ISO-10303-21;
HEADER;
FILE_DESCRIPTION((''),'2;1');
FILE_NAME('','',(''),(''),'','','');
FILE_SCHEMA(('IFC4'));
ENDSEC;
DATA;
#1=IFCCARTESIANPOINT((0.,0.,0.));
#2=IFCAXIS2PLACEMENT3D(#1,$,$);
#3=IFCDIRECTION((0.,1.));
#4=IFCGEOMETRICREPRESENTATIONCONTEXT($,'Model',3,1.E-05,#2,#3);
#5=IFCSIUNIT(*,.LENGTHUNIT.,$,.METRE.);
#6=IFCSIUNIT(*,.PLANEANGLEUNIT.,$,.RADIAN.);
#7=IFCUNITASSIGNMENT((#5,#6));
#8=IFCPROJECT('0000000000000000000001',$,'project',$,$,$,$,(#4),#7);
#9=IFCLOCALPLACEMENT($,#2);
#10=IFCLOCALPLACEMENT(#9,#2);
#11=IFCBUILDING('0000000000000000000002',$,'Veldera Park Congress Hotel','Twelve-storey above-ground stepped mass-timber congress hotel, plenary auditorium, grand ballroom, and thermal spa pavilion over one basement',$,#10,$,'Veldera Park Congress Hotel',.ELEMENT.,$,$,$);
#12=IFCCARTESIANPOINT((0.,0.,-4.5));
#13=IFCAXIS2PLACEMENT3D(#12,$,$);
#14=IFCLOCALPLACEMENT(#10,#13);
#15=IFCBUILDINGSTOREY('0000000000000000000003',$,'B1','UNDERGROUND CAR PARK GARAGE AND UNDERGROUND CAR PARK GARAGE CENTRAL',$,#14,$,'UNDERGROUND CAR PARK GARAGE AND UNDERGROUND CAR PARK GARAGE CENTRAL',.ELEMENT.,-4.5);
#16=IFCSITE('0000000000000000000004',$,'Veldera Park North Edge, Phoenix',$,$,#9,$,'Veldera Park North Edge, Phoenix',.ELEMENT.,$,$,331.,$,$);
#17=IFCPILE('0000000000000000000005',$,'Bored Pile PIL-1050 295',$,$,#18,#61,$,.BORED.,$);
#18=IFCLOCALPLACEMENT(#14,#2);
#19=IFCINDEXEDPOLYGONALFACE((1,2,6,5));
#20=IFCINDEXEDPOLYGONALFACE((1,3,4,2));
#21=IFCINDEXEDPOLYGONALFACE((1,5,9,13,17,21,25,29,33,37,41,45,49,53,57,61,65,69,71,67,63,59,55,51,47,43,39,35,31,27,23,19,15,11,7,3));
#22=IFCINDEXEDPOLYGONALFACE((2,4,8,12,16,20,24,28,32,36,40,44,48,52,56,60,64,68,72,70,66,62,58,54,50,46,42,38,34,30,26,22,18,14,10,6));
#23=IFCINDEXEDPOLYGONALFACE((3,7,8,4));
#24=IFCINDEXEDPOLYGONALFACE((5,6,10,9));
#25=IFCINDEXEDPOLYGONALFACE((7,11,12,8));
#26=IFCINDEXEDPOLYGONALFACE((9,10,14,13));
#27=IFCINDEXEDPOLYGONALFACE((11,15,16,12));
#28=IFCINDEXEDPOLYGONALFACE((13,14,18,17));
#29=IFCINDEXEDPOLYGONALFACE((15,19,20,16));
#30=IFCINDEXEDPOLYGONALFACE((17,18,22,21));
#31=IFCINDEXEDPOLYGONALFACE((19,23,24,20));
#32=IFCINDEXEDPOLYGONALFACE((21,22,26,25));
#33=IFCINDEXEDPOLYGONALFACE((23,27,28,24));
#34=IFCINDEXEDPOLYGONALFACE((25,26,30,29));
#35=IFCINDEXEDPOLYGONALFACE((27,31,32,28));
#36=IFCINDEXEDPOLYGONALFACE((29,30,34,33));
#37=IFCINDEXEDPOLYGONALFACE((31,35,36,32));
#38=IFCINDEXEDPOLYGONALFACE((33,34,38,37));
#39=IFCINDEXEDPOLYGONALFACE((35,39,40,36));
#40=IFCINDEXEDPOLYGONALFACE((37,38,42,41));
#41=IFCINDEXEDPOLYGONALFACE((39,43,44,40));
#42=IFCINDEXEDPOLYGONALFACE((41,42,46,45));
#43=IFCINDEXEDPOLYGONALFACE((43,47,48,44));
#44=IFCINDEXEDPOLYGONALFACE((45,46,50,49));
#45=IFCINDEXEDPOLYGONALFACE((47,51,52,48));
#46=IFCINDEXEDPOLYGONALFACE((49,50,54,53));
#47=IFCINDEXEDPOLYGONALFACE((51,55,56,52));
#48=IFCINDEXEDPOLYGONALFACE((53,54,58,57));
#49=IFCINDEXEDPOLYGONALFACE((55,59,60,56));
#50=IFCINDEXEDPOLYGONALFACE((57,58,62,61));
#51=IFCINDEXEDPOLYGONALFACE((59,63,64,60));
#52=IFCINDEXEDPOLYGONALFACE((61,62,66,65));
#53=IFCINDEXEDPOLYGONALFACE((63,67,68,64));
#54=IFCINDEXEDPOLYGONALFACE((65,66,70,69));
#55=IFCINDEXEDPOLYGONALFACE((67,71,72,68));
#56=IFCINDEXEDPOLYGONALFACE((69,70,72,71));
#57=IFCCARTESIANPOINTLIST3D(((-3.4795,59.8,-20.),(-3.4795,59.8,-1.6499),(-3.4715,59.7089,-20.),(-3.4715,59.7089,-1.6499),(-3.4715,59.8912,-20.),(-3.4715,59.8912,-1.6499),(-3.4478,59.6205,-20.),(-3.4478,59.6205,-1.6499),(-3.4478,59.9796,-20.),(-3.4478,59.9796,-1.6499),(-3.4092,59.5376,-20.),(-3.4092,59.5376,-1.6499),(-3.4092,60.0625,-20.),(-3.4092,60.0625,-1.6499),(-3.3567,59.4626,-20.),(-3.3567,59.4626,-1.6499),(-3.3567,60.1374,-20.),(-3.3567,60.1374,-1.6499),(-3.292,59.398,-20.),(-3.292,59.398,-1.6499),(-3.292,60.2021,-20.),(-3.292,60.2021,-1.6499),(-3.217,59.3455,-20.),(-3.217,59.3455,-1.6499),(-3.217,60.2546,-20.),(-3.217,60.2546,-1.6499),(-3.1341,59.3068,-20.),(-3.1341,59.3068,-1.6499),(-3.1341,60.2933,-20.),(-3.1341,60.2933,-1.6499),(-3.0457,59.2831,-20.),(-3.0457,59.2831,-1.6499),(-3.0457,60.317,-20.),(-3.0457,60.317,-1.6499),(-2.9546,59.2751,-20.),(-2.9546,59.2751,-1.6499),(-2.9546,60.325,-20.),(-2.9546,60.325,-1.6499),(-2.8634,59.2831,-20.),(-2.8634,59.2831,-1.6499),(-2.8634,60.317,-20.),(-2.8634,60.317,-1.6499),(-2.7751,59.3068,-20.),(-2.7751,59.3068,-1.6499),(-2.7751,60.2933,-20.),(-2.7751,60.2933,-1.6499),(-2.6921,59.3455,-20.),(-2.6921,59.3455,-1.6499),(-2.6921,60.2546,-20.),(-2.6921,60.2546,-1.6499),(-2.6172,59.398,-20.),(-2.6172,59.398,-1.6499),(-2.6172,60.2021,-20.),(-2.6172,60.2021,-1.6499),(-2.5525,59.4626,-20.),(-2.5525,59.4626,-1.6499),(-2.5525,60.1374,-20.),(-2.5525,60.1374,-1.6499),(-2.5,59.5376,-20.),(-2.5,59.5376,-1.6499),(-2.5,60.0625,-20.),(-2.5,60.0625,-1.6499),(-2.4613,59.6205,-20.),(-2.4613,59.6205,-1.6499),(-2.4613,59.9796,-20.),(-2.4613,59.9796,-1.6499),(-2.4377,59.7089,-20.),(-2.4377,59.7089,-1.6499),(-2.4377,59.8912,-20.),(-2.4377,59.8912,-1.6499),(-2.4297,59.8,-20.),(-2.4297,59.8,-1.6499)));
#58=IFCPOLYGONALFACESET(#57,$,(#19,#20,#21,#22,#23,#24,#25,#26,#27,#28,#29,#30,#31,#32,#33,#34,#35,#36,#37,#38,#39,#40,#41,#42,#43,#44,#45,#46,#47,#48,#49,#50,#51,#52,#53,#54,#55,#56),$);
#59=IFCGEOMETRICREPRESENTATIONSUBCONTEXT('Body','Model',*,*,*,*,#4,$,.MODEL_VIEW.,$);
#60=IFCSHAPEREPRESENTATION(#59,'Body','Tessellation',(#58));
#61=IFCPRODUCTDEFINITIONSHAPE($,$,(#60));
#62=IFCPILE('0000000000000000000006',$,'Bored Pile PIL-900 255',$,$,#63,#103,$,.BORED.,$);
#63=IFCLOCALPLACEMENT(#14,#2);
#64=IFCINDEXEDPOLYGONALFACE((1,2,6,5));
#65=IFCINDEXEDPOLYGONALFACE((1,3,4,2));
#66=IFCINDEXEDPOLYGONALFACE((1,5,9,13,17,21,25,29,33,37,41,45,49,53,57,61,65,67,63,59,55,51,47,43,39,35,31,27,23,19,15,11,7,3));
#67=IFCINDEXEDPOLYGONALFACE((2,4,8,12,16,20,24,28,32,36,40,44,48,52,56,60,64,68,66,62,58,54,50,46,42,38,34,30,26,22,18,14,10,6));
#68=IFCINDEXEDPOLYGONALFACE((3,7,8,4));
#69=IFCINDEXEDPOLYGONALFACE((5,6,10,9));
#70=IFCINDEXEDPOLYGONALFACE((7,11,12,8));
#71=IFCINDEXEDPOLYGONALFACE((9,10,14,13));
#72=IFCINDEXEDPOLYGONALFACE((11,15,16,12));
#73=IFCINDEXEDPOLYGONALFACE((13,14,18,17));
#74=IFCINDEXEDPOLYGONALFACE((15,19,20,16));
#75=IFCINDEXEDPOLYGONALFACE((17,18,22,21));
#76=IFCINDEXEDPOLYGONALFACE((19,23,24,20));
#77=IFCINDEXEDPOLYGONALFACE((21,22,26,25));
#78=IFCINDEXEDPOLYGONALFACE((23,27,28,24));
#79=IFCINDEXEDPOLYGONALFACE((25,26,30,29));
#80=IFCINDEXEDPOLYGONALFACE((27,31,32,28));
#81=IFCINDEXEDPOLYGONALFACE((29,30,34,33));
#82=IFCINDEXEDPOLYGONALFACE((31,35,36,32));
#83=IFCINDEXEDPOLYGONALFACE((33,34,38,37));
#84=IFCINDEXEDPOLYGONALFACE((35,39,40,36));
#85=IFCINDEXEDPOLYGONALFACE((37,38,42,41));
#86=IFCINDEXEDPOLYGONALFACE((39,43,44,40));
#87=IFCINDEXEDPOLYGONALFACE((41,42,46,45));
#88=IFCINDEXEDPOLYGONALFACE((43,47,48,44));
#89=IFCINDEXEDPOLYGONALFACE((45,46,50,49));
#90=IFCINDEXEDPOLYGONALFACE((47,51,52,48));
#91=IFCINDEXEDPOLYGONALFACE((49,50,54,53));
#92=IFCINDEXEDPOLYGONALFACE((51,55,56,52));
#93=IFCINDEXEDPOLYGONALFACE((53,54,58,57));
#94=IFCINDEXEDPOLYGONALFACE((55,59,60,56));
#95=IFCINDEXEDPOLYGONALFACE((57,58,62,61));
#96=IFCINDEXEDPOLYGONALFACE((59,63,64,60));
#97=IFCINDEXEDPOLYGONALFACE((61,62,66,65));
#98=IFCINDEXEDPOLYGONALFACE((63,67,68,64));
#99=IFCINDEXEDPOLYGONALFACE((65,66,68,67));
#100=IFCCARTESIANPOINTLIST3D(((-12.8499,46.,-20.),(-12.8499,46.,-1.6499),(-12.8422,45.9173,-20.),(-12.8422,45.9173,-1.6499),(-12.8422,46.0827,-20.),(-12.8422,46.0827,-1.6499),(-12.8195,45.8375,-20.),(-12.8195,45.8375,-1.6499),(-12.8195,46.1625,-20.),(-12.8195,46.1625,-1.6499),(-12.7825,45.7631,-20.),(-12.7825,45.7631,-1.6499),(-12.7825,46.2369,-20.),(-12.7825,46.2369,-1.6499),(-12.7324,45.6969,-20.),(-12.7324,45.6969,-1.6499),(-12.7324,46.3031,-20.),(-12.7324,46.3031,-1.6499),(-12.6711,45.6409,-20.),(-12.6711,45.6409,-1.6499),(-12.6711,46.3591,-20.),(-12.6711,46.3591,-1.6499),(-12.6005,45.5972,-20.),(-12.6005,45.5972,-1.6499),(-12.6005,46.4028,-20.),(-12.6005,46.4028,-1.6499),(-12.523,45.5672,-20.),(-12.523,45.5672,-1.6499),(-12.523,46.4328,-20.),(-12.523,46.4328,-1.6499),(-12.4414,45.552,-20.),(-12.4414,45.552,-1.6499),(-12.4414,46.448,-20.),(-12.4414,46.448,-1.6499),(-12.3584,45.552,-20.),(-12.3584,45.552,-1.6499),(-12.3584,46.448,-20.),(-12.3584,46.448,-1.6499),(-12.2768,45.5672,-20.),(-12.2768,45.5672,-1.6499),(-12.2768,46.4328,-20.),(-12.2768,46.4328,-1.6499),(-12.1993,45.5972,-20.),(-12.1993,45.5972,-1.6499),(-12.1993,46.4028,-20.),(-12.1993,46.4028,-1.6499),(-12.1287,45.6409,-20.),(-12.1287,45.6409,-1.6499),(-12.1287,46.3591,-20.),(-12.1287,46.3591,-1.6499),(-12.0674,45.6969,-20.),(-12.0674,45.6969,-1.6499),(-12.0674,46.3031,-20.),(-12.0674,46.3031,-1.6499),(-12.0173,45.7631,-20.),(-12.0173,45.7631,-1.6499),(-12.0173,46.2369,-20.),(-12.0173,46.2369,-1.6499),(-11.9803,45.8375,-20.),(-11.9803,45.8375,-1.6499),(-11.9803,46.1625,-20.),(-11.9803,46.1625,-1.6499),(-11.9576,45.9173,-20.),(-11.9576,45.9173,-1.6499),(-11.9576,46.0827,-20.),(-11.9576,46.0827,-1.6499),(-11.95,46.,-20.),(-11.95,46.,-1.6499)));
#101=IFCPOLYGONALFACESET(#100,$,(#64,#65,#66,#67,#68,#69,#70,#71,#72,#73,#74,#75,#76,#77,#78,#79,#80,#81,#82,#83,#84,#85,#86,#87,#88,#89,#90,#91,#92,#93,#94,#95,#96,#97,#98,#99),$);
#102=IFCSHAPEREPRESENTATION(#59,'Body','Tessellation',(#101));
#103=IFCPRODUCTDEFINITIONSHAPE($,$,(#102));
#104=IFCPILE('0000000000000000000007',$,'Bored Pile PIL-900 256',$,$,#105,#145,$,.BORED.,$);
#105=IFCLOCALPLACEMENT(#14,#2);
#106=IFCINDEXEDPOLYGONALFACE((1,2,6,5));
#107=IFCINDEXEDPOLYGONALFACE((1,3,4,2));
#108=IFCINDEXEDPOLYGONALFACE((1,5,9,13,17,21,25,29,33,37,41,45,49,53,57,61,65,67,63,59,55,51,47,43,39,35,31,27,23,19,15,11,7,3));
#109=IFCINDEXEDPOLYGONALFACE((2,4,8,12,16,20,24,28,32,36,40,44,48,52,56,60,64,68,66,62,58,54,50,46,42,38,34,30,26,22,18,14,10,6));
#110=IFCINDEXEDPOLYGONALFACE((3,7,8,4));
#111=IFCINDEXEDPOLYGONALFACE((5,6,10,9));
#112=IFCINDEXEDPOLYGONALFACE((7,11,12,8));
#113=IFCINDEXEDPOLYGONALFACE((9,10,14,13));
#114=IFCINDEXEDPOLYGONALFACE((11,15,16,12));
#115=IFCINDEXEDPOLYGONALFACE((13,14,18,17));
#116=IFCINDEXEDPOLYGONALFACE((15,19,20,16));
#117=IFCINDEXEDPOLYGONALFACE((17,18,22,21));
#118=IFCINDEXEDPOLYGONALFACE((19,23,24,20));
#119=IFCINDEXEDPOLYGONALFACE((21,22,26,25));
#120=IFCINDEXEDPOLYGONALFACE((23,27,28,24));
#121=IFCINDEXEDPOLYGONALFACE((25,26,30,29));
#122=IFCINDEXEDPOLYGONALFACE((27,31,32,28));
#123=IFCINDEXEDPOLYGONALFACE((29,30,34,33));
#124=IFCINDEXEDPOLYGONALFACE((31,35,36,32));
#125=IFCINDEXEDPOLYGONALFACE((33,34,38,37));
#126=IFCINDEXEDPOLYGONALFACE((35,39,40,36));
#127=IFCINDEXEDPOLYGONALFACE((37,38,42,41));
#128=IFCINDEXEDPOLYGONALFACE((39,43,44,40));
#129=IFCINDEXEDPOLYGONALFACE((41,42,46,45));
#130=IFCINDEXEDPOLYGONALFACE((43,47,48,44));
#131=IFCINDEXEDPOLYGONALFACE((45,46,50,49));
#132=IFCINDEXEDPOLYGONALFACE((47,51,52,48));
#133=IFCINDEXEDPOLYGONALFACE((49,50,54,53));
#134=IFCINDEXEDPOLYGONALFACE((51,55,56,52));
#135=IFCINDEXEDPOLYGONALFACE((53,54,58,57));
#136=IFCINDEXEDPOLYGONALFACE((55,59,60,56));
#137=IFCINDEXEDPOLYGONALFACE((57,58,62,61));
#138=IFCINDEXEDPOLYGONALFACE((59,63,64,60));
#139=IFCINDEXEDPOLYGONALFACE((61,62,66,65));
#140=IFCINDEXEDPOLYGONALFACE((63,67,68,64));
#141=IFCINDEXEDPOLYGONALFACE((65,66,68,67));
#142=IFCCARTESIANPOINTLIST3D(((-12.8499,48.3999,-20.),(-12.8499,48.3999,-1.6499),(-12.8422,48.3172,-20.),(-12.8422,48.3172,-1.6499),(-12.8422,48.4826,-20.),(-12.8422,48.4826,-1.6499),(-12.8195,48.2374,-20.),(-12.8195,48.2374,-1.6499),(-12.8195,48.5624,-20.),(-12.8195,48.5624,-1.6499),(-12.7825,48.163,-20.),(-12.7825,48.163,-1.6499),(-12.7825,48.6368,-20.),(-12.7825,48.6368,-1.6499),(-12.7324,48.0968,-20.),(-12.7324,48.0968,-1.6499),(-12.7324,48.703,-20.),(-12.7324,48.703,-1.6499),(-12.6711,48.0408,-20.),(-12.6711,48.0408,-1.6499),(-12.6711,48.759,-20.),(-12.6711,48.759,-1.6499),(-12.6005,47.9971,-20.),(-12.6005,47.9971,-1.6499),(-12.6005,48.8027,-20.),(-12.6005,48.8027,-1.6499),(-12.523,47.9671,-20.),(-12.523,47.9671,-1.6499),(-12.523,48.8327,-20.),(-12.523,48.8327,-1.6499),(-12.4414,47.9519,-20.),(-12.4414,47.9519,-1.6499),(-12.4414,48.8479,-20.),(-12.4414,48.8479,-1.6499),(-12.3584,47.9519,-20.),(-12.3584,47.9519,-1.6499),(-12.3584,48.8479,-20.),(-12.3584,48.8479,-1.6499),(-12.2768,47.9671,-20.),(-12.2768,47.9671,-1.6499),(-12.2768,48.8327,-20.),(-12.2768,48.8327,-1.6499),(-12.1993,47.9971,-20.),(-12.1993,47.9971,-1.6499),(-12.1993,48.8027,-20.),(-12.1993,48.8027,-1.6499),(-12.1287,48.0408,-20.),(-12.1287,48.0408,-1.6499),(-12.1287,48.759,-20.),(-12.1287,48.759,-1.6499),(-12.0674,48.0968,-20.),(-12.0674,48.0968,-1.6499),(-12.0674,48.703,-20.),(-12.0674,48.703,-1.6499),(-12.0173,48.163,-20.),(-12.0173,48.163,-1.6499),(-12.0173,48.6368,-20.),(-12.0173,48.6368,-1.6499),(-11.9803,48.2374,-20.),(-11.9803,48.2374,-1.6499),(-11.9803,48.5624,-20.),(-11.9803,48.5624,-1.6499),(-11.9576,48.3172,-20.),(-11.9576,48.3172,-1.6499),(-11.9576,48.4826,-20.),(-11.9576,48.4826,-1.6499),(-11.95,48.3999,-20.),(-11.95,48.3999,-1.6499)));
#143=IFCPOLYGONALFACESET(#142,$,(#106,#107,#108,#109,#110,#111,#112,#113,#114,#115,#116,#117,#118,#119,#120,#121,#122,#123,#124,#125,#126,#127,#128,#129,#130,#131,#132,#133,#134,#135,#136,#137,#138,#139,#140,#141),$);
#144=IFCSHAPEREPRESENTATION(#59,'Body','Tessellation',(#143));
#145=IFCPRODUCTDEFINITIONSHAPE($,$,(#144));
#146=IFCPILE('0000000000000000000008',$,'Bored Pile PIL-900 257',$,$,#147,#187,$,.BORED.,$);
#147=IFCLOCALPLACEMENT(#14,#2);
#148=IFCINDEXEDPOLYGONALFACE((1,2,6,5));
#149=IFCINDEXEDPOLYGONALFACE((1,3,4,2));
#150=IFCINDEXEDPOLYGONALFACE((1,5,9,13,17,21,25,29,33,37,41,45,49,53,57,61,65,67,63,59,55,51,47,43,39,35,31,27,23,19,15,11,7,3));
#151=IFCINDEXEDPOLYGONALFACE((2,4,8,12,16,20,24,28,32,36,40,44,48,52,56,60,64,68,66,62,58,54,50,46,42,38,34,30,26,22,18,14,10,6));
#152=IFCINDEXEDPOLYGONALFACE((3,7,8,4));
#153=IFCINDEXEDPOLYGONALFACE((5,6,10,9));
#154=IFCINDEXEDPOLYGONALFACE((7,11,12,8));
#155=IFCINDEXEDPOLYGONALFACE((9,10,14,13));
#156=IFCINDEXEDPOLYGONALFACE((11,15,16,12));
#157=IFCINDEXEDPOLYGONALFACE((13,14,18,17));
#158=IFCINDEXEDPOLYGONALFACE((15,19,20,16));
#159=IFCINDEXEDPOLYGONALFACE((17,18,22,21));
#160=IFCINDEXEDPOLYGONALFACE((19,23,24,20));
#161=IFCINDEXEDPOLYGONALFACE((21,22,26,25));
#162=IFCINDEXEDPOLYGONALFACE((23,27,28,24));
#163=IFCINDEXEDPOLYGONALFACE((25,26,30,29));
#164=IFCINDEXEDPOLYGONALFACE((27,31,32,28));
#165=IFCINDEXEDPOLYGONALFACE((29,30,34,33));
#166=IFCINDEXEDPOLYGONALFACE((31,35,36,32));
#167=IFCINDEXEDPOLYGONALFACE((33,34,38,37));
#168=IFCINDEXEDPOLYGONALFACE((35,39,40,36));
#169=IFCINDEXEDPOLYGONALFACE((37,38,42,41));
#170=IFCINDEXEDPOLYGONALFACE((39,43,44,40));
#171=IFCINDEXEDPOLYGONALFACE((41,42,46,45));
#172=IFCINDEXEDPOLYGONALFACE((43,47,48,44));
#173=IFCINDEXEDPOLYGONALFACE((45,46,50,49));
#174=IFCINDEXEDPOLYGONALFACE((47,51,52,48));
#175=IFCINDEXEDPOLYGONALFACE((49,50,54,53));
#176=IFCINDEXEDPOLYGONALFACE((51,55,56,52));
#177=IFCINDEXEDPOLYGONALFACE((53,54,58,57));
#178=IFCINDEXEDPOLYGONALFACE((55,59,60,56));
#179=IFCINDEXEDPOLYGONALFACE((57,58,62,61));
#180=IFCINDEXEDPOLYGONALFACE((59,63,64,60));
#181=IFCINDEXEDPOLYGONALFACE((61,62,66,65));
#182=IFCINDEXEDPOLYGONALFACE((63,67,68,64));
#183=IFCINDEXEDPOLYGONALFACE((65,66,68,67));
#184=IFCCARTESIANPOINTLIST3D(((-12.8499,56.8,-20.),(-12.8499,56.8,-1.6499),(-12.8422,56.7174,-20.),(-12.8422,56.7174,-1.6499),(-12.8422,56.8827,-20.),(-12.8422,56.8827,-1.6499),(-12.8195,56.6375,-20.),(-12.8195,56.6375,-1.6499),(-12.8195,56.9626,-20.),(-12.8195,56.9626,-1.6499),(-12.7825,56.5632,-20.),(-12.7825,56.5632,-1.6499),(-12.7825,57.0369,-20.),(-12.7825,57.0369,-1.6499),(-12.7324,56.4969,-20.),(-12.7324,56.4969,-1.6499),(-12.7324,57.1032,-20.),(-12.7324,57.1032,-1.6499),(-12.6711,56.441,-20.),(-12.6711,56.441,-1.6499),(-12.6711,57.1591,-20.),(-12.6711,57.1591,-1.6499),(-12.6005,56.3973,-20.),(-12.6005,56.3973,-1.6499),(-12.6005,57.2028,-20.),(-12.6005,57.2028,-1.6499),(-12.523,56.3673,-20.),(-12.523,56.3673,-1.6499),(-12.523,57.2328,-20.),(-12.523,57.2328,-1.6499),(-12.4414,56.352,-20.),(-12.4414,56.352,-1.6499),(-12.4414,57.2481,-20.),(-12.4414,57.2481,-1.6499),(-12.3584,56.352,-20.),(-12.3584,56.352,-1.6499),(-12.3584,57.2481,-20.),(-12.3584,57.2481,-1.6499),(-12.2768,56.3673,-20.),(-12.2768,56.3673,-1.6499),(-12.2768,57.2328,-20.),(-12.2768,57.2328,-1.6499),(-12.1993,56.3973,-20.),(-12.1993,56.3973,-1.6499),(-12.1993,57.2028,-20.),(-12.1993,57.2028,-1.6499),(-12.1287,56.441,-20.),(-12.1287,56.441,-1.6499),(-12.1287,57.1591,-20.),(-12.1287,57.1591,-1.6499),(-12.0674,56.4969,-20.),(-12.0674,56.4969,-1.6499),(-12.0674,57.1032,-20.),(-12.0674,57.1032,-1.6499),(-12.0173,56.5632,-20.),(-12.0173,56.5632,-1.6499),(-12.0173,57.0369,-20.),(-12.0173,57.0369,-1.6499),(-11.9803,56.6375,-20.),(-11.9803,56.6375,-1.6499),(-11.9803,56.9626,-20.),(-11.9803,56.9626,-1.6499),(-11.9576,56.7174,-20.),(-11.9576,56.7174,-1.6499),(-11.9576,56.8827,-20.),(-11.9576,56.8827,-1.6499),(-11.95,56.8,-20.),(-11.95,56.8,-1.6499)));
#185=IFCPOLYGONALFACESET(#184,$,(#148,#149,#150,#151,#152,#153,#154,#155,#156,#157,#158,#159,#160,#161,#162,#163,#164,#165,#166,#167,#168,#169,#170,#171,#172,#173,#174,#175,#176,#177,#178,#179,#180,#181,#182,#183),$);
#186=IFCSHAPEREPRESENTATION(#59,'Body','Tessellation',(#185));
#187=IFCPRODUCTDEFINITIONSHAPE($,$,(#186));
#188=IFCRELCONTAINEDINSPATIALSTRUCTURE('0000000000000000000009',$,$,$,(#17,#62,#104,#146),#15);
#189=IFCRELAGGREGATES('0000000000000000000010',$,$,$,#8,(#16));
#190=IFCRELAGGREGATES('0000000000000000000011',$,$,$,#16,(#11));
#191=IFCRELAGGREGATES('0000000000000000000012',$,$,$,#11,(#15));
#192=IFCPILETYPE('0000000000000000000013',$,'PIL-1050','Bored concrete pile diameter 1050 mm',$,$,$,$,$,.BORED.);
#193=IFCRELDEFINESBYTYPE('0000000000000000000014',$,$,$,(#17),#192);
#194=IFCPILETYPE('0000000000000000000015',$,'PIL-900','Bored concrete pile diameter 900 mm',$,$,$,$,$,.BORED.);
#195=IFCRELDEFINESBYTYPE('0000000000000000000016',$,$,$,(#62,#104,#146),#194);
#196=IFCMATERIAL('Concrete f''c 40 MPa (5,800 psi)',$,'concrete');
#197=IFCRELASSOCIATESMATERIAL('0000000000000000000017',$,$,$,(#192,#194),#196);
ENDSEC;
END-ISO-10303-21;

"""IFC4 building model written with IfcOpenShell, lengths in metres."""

from ifc_helpers import new_model, si_unit, direction, frame, origin, origin_2d, place, context, subcontext, project, spatial, circle, extrude, material, material_profile, profile_set, type_object, element, save


model = new_model("IFC4")

# Units and contexts
model_context = context("Model", 3, precision=1e-05, world=origin(), true_north=direction((0.0, 1.0)))
body_context = subcontext(model_context, "Body", "Model", "MODEL_VIEW")
ifc_project = project(units=[si_unit("LENGTHUNIT", "METRE"), si_unit("PLANEANGLEUNIT", "RADIAN")], contexts=[model_context])

# Site, building, storey
site_placement = place(None, origin())
site = spatial("IfcSite", under=ifc_project, at=site_placement, Name="Veldera Park North Edge, Phoenix", LongName="Veldera Park North Edge, Phoenix", CompositionType="ELEMENT", RefElevation=331.0)
building_placement = place(site_placement, origin())
building = spatial("IfcBuilding", under=site, at=building_placement, Name="Veldera Park Congress Hotel", Description="Twelve-storey above-ground stepped mass-timber congress hotel, plenary auditorium, grand ballroom, and thermal spa pavilion over one basement", LongName="Veldera Park Congress Hotel", CompositionType="ELEMENT")
storey_placement = place(building_placement, frame((0.0, 0.0, -4.5)))
storey = spatial("IfcBuildingStorey", under=building, at=storey_placement, Name="B1", Description="UNDERGROUND CAR PARK GARAGE AND UNDERGROUND CAR PARK GARAGE CENTRAL", LongName="UNDERGROUND CAR PARK GARAGE AND UNDERGROUND CAR PARK GARAGE CENTRAL", CompositionType="ELEMENT", Elevation=-4.5)

# Shared definitions
ifc_material_1 = material(Name="Concrete f'c 40 MPa (5,800 psi)", Category="concrete")

# Piles
ifc_material_profile_1 = material_profile(ifc_material_1, circle(Radius=0.5249, at=origin_2d()), Name="PILE D1050")
ifc_profile_set_1 = profile_set([ifc_material_profile_1], Name="Concrete f'c 40 MPa (5,800 psi)")
pile_type_1 = type_object("IfcPileType", Name="PIL-1050", Description="Bored concrete pile diameter 1050 mm", PredefinedType="BORED", material=ifc_profile_set_1)
for number, where, z_axis, x_axis, name in (
    (1, (-2.9546, 59.8, -1.6499), (0.0, 0.0, -1.0), (1.0, 0.0, 0.0), "Bored Pile PIL-1050 295"),
):
    element("IfcPile", number, at=place(storey_placement, frame(where, z_axis=z_axis, x_axis=x_axis)), inside=storey, type_object=pile_type_1, Name=name, PredefinedType="BORED", context=body_context, shape_type="SweptSolid", body=[
        extrude(circle(Radius=0.5249, at=origin_2d()), origin(), (0.0, 0.0, 1.0), 18.3501),
    ])
ifc_material_profile_2 = material_profile(ifc_material_1, circle(Radius=0.45, at=origin_2d()), Name="PILE D900")
ifc_profile_set_2 = profile_set([ifc_material_profile_2], Name="Concrete f'c 40 MPa (5,800 psi)")
pile_type_2 = type_object("IfcPileType", Name="PIL-900", Description="Bored concrete pile diameter 900 mm", PredefinedType="BORED", material=ifc_profile_set_2)
for number, where, z_axis, x_axis, name in (
    (2, (-12.3999, 46.0, -1.6499), (0.0, 0.0, -1.0), (1.0, 0.0, 0.0), "Bored Pile PIL-900 255"),
    (3, (-12.3999, 48.3999, -1.6499), (0.0, 0.0, -1.0), (1.0, 0.0, 0.0), "Bored Pile PIL-900 256"),
    (4, (-12.3999, 56.8, -1.6499), (0.0, 0.0, -1.0), (1.0, 0.0, 0.0), "Bored Pile PIL-900 257"),
):
    element("IfcPile", number, at=place(storey_placement, frame(where, z_axis=z_axis, x_axis=x_axis)), inside=storey, type_object=pile_type_2, Name=name, PredefinedType="BORED", context=body_context, shape_type="SweptSolid", body=[
        extrude(circle(Radius=0.45, at=origin_2d()), origin(), (0.0, 0.0, 1.0), 18.3501),
    ])

save(model, "model.ifc")
